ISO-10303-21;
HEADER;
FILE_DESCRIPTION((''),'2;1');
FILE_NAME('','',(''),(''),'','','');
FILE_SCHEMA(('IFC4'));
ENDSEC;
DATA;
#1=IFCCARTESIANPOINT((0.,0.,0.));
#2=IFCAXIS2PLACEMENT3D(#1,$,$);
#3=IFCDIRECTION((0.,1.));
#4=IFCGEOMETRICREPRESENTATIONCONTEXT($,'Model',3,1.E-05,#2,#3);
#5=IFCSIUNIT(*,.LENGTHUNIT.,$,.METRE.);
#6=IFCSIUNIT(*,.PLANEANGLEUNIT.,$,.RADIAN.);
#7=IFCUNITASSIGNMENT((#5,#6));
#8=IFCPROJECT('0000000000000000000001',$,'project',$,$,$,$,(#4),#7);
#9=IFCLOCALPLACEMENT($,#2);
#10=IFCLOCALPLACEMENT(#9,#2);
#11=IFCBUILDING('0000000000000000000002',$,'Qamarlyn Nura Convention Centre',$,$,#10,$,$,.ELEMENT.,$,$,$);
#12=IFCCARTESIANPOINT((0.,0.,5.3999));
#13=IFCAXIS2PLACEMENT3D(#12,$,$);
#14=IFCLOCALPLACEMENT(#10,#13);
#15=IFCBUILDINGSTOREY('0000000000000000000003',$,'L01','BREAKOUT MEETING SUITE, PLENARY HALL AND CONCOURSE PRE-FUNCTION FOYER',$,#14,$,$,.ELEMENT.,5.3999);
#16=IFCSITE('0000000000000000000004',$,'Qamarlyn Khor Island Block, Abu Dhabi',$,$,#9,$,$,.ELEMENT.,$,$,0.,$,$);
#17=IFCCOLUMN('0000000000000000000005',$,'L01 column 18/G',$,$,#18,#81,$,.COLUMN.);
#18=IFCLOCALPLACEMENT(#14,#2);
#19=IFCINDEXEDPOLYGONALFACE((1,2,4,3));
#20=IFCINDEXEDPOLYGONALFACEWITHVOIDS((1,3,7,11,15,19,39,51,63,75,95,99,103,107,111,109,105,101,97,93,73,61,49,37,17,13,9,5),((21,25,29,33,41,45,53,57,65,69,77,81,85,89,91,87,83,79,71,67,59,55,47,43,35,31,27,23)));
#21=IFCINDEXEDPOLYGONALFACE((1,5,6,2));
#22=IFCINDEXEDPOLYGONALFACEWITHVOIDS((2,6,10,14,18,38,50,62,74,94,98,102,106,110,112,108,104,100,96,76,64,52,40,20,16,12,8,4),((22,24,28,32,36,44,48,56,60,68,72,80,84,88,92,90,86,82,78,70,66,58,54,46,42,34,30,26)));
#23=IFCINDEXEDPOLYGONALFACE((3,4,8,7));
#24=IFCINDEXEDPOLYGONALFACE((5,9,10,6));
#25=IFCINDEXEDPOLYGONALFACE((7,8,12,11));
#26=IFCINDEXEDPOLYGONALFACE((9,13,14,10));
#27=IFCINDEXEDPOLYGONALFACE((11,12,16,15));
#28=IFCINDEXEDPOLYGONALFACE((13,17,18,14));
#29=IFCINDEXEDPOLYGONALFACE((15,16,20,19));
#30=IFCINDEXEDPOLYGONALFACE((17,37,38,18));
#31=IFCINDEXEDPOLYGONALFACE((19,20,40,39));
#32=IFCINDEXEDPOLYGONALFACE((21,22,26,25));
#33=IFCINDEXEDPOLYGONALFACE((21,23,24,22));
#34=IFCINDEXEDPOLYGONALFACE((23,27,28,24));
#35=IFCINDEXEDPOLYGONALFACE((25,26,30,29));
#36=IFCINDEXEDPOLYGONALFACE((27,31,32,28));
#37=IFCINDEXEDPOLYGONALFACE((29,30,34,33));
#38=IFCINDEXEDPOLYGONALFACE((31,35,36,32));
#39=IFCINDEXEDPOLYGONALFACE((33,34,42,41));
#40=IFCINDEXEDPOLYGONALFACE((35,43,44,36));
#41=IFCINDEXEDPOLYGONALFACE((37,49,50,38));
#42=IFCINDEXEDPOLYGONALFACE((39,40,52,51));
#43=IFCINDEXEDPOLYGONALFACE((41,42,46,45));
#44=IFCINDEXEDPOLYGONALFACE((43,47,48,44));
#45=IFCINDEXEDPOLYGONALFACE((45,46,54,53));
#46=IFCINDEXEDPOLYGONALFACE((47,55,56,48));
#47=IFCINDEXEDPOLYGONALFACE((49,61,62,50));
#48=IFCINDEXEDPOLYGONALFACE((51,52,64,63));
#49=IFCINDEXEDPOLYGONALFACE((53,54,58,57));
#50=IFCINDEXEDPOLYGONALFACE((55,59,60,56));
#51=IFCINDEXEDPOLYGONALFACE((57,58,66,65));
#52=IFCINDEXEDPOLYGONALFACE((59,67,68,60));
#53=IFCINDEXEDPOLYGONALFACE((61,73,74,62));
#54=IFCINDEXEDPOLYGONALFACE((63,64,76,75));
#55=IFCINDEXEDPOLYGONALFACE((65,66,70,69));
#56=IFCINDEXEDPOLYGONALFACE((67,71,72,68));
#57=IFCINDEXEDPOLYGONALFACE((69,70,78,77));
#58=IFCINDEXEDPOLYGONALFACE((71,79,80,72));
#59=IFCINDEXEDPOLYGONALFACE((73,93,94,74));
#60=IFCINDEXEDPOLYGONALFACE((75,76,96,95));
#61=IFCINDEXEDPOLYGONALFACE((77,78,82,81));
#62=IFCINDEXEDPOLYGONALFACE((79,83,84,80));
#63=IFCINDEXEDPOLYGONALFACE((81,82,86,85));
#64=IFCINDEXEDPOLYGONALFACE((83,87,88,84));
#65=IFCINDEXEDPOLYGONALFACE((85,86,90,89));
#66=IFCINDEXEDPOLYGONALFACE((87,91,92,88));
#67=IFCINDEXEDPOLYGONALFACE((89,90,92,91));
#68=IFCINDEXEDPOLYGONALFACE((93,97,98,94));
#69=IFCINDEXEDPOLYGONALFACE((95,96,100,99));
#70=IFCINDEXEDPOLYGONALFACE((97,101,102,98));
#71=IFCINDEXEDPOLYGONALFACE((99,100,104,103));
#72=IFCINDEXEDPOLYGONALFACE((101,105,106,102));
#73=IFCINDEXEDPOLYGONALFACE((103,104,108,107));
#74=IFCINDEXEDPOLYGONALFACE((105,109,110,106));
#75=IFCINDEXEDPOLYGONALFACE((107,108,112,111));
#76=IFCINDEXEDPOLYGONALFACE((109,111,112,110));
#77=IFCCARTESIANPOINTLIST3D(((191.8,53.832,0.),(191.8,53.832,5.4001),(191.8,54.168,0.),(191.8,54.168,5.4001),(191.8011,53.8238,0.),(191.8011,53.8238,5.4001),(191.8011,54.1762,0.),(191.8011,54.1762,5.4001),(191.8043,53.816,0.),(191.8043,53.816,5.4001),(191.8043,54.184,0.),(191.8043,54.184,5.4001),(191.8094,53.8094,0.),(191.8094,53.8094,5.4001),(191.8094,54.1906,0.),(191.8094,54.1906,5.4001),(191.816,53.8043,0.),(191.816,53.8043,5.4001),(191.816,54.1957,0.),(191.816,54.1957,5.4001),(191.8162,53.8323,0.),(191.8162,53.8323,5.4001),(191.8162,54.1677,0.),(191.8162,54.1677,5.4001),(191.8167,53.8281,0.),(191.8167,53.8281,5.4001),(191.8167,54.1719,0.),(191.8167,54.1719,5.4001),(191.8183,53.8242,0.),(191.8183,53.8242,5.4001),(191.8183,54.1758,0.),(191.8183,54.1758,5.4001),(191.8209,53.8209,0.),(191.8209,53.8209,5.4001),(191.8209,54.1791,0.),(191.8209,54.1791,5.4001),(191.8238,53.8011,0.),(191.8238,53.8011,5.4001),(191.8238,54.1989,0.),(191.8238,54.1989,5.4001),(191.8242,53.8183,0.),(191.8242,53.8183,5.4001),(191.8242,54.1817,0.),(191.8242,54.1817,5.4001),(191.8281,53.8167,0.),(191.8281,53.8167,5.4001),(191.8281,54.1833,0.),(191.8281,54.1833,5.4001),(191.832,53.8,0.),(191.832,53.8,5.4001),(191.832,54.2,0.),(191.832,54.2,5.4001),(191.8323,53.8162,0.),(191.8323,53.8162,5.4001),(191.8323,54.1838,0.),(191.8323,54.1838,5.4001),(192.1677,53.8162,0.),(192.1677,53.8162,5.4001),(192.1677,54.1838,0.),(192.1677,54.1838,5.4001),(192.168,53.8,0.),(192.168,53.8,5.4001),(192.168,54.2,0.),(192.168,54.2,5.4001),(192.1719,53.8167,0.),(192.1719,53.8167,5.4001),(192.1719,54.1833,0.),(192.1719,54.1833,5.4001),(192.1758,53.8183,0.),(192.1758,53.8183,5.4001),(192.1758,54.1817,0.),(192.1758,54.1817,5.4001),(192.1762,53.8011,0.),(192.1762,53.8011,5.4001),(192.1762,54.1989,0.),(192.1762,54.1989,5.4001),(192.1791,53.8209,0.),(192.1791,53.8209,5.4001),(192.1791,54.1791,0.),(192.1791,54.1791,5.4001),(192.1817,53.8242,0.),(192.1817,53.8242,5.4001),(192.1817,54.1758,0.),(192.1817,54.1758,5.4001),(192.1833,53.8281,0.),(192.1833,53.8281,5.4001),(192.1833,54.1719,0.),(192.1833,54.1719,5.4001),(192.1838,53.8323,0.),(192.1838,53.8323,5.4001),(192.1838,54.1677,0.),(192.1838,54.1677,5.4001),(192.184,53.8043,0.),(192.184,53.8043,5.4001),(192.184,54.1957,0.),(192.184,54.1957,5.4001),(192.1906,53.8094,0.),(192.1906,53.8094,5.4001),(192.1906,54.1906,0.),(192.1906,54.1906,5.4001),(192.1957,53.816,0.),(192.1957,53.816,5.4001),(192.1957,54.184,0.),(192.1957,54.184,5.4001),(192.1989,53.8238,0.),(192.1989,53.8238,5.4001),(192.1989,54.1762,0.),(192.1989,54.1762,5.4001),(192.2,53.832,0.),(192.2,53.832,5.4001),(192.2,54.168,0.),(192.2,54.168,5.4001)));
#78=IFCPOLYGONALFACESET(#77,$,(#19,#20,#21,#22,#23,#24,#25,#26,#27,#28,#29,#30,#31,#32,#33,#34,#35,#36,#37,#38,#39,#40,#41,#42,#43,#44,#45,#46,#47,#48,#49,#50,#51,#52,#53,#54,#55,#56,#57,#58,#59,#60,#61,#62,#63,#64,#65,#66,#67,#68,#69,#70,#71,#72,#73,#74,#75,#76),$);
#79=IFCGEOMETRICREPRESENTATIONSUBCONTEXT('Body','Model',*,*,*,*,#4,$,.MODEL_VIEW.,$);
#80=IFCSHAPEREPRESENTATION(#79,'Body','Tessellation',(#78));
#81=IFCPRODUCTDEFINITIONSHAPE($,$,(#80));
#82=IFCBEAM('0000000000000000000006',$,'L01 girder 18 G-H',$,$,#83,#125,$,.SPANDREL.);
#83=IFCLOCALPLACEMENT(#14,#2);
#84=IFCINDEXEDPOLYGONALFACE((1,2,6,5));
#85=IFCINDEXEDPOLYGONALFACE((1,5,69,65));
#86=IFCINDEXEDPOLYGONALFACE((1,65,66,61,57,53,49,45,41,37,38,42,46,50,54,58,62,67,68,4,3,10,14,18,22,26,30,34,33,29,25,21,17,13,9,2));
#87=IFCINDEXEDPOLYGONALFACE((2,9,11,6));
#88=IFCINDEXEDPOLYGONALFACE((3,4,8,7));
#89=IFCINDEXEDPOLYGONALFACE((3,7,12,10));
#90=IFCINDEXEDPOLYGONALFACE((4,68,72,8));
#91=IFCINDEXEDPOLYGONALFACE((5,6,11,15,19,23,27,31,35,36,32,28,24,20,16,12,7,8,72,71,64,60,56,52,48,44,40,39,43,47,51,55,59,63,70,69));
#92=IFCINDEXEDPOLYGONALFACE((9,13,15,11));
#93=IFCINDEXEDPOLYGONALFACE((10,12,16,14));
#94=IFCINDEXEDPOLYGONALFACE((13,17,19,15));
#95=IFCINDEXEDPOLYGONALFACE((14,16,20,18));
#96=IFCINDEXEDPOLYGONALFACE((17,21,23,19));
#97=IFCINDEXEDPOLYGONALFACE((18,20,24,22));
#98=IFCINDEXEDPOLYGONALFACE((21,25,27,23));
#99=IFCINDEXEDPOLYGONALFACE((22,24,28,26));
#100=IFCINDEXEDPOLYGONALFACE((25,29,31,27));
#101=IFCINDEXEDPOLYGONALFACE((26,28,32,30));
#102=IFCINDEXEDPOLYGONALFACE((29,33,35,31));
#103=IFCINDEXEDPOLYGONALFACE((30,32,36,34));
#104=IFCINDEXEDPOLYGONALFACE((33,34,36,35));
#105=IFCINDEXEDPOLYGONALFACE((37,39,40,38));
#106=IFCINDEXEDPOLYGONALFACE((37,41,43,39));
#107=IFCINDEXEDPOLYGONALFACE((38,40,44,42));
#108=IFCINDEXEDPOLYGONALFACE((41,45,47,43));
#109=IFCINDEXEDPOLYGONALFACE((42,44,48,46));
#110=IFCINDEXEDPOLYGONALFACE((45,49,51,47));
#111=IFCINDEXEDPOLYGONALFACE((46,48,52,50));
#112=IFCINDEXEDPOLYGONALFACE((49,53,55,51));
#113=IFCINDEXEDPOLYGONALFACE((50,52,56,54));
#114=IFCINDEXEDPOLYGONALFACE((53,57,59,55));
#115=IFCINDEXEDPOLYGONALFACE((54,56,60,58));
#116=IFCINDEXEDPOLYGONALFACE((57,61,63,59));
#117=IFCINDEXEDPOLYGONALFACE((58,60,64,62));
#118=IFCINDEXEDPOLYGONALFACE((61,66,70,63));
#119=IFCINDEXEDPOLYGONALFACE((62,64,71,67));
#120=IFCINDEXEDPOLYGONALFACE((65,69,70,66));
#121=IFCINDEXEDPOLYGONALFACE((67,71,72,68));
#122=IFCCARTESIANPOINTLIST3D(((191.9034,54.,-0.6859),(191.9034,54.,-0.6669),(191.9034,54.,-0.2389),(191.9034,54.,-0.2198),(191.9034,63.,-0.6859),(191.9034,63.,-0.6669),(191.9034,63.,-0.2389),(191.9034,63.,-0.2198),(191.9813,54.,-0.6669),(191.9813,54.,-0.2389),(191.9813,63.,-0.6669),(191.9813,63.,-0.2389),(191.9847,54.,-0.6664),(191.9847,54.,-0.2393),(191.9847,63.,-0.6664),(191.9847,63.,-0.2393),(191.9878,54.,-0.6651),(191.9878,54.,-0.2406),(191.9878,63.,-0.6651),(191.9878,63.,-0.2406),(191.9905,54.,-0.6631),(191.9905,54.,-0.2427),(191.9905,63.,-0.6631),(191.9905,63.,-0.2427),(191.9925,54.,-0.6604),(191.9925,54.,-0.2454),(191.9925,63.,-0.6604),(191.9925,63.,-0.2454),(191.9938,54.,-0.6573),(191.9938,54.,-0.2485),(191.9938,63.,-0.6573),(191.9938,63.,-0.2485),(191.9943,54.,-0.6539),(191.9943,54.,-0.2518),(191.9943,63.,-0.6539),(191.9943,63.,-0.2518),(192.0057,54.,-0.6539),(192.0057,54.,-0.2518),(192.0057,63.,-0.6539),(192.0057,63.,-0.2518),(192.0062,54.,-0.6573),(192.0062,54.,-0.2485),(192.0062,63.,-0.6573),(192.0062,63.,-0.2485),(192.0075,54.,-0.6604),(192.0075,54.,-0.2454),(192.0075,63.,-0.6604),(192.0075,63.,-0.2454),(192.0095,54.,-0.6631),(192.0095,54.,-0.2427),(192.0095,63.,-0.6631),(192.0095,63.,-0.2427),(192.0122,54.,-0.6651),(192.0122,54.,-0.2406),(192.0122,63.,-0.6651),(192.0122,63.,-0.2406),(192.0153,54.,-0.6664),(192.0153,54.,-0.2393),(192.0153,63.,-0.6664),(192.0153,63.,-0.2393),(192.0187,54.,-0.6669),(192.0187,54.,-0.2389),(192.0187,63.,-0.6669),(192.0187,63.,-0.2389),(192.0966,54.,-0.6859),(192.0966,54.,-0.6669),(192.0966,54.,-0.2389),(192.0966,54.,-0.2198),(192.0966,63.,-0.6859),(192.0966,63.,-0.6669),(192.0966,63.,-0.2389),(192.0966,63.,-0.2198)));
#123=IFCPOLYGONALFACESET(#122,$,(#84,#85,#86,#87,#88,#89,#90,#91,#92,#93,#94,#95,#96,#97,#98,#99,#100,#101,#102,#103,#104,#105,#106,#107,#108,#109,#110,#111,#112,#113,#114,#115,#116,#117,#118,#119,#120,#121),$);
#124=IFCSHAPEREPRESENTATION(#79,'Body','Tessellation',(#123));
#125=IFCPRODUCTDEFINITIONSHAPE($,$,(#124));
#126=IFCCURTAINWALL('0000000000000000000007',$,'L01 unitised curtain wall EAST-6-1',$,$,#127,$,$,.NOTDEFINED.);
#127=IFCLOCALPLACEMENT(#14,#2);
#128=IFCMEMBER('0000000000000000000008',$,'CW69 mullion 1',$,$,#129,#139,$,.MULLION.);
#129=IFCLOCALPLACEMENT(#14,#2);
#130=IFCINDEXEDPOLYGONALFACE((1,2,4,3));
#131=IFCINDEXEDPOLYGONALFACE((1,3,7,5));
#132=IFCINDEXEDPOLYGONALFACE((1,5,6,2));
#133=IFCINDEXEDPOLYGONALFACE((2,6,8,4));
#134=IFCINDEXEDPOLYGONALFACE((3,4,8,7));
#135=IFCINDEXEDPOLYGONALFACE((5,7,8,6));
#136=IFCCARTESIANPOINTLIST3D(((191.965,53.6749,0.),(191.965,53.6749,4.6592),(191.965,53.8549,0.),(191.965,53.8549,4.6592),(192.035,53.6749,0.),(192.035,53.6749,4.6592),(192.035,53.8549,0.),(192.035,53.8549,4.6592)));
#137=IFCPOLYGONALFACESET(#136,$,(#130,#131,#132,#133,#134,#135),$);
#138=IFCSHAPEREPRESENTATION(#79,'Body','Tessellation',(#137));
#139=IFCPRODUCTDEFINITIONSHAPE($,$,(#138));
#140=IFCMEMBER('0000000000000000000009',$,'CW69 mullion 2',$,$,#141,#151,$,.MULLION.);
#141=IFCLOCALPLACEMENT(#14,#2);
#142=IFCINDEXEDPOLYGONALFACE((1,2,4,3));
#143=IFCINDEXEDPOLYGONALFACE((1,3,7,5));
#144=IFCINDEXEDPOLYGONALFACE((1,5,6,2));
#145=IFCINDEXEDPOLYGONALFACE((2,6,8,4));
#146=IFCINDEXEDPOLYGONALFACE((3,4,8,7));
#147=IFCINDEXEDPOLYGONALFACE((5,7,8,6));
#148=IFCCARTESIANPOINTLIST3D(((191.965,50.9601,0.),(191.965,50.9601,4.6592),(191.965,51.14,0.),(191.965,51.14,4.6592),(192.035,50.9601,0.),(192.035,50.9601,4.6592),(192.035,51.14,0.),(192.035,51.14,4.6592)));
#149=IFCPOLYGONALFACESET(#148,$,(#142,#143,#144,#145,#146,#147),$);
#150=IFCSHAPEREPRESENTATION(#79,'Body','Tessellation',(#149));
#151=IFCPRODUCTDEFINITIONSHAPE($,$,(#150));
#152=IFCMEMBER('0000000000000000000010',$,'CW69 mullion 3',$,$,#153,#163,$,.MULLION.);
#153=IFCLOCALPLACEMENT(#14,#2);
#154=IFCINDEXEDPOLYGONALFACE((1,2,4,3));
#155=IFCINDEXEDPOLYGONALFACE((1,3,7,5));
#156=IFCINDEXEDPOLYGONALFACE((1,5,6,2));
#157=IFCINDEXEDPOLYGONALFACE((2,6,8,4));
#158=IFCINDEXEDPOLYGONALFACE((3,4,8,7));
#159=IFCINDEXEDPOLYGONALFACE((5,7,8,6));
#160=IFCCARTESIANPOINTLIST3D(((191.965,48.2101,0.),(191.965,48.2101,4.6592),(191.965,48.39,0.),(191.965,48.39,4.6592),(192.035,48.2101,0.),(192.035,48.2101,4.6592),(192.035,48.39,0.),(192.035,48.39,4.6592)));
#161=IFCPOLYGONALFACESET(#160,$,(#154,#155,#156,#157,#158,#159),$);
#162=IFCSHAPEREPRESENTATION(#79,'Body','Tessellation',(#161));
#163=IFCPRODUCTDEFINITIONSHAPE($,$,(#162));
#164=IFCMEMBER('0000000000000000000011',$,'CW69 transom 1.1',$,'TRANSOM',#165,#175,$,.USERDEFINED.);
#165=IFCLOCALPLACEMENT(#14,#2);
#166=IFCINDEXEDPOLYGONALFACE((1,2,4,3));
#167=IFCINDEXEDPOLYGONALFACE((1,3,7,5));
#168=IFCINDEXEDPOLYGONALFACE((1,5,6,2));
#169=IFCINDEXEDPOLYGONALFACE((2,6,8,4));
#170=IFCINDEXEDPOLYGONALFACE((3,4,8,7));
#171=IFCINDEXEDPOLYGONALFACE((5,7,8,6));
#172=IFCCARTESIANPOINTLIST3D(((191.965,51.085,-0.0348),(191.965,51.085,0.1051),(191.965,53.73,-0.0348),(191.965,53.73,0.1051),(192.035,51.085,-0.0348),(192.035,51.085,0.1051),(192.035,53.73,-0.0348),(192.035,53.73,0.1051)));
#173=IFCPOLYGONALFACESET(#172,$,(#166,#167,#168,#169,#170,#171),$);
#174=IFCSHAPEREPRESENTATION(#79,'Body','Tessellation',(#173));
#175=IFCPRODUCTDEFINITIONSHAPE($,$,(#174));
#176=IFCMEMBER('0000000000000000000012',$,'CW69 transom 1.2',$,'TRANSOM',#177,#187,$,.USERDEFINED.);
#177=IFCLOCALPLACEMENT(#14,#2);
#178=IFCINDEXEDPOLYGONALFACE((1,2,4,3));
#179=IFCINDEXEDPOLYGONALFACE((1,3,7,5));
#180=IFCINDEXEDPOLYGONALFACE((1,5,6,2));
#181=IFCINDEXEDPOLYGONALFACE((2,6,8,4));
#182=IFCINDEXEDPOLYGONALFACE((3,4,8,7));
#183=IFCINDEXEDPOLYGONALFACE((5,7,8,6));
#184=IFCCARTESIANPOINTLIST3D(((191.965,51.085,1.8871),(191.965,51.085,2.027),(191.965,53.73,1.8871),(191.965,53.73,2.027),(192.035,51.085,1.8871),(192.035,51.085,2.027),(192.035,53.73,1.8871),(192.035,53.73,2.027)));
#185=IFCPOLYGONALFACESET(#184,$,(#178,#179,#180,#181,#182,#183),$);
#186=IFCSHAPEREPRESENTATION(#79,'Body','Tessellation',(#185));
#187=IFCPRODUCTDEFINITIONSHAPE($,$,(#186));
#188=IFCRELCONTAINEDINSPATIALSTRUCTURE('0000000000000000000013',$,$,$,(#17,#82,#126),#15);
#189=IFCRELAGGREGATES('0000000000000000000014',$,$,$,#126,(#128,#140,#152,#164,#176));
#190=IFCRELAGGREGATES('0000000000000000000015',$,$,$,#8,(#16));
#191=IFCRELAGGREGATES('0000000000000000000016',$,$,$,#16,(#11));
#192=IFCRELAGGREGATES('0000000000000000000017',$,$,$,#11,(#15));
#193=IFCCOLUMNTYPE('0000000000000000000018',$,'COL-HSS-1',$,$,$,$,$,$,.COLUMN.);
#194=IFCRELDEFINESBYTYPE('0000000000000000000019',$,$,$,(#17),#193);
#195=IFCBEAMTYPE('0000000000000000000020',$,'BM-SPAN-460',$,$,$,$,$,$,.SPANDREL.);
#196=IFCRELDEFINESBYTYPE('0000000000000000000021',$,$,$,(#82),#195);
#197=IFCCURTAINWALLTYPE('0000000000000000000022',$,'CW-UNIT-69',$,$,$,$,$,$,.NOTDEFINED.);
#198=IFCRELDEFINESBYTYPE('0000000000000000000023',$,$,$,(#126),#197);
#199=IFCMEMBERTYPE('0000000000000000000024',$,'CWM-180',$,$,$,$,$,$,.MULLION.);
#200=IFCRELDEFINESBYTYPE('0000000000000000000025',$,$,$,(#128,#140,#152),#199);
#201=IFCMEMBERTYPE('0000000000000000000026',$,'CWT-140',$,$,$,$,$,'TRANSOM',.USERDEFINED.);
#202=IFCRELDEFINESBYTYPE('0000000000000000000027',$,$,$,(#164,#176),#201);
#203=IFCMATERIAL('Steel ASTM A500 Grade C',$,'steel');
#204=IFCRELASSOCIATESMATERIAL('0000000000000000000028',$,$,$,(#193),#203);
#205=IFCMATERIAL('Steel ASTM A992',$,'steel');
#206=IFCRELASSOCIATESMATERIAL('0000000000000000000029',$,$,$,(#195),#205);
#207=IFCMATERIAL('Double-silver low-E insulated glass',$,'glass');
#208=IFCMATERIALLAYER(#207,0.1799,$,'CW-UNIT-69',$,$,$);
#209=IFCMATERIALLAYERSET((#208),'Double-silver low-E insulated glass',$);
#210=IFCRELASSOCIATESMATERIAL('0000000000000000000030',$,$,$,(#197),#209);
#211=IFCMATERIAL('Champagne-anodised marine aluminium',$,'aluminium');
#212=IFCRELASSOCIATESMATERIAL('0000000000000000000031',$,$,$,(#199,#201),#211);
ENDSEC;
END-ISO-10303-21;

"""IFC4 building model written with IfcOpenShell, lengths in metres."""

from ifc_helpers import new_model, si_unit, direction, frame, origin, origin_2d, place, context, subcontext, project, spatial, rectangle, hollow_rectangle, i_section, extrude, material, layer, layer_set, material_profile, profile_set, type_object, element, aggregate, save


model = new_model("IFC4")

# Units and contexts
model_context = context("Model", 3, precision=1e-05, world=origin(), true_north=direction((0.0, 1.0)))
body_context = subcontext(model_context, "Body", "Model", "MODEL_VIEW")
ifc_project = project(units=[si_unit("LENGTHUNIT", "METRE"), si_unit("PLANEANGLEUNIT", "RADIAN")], contexts=[model_context])

# Site, building, storey
site_placement = place(None, origin())
site = spatial("IfcSite", under=ifc_project, at=site_placement, Name="Qamarlyn Khor Island Block, Abu Dhabi", CompositionType="ELEMENT", RefElevation=0.0)
building_placement = place(site_placement, origin())
building = spatial("IfcBuilding", under=site, at=building_placement, Name="Qamarlyn Nura Convention Centre", CompositionType="ELEMENT")
storey_placement = place(building_placement, frame((0.0, 0.0, 5.3999)))
storey = spatial("IfcBuildingStorey", under=building, at=storey_placement, Name="L01", Description="BREAKOUT MEETING SUITE, PLENARY HALL AND CONCOURSE PRE-FUNCTION FOYER", CompositionType="ELEMENT", Elevation=5.3999)

# Column
ifc_material_1 = material(Name="Steel ASTM A500 Grade C", Category="steel")
ifc_material_profile_1 = material_profile(ifc_material_1, hollow_rectangle(XDim=0.3999, YDim=0.3999, WallThickness=0.0161, InnerFilletRadius=0.0161, OuterFilletRadius=0.032, at=origin_2d()), Name="HSS400X400X16")
ifc_profile_set_1 = profile_set([ifc_material_profile_1], Name="Steel ASTM A500 Grade C")
column_type = type_object("IfcColumnType", Name="COL-HSS-1", PredefinedType="COLUMN", material=ifc_profile_set_1)
column_placement = place(storey_placement, frame((192.0, 54.0, 0.0), z_axis=(0.0, 0.0, 1.0), x_axis=(1.0, 0.0, 0.0)))
element("IfcColumn", 1, at=column_placement, inside=storey, type_object=column_type, Name="L01 column 18/G", PredefinedType="COLUMN", context=body_context, shape_type="SweptSolid", body=[
    extrude(hollow_rectangle(XDim=0.3999, YDim=0.3999, WallThickness=0.0161, InnerFilletRadius=0.0161, OuterFilletRadius=0.032, at=origin_2d()), origin(), (0.0, 0.0, 1.0), 5.4001),
])

# Beam
ifc_material_2 = material(Name="Steel ASTM A992", Category="steel")
ifc_material_profile_2 = material_profile(ifc_material_2, i_section(OverallWidth=0.1931, OverallDepth=0.4661, WebThickness=0.0115, FlangeThickness=0.019, FilletRadius=0.0129, at=origin_2d()), Name="W460X97")
ifc_profile_set_2 = profile_set([ifc_material_profile_2], Name="Steel ASTM A992")
beam_type = type_object("IfcBeamType", Name="BM-SPAN-460", PredefinedType="SPANDREL", material=ifc_profile_set_2)
beam_placement = place(storey_placement, frame((192.0, 54.0, -0.4529), z_axis=(0.0, 1.0, 0.0), x_axis=(-1.0, 0.0, 0.0)))
element("IfcBeam", 2, at=beam_placement, inside=storey, type_object=beam_type, Name="L01 girder 18 G-H", PredefinedType="SPANDREL", context=body_context, shape_type="SweptSolid", body=[
    extrude(i_section(OverallWidth=0.1931, OverallDepth=0.4661, WebThickness=0.0115, FlangeThickness=0.019, FilletRadius=0.0129, at=origin_2d()), origin(), (0.0, 0.0, 1.0), 9.0),
])

# Curtain wall, members
ifc_material_3 = material(Name="Double-silver low-E insulated glass", Category="glass")
ifc_layer_1 = layer(ifc_material_3, 0.1799, Name="CW-UNIT-69")
ifc_layer_set_1 = layer_set([ifc_layer_1], Name="Double-silver low-E insulated glass")
curtain_wall_type = type_object("IfcCurtainWallType", Name="CW-UNIT-69", PredefinedType="NOTDEFINED", material=ifc_layer_set_1)
curtain_wall_placement = place(storey_placement, origin())
curtain_wall = element("IfcCurtainWall", 3, at=curtain_wall_placement, inside=storey, type_object=curtain_wall_type, Name="L01 unitised curtain wall EAST-6-1", PredefinedType="NOTDEFINED")
ifc_material_4 = material(Name="Champagne-anodised marine aluminium", Category="aluminium")
ifc_material_profile_3 = material_profile(ifc_material_4, rectangle(XDim=0.0701, YDim=0.1799, at=origin_2d()), Name="ALU MULLION 70x180")
ifc_profile_set_3 = profile_set([ifc_material_profile_3], Name="Champagne-anodised marine aluminium")
member_type_1 = type_object("IfcMemberType", Name="CWM-180", PredefinedType="MULLION", material=ifc_profile_set_3)
member_1_placement = place(storey_placement, frame((192.0, 53.7649, 0.0), z_axis=(0.0, 0.0, 1.0), x_axis=(1.0, 0.0, 0.0)))
member_1 = element("IfcMember", 4, at=member_1_placement, type_object=member_type_1, Name="CW69 mullion 1", PredefinedType="MULLION", context=body_context, shape_type="SweptSolid", body=[
    extrude(rectangle(XDim=0.0701, YDim=0.1799, at=origin_2d()), origin(), (0.0, 0.0, 1.0), 4.6592),
])
member_2_placement = place(storey_placement, frame((192.0, 51.05, 0.0), z_axis=(0.0, 0.0, 1.0), x_axis=(1.0, 0.0, 0.0)))
member_2 = element("IfcMember", 5, at=member_2_placement, type_object=member_type_1, Name="CW69 mullion 2", PredefinedType="MULLION", context=body_context, shape_type="SweptSolid", body=[
    extrude(rectangle(XDim=0.0701, YDim=0.1799, at=origin_2d()), origin(), (0.0, 0.0, 1.0), 4.6592),
])
member_3_placement = place(storey_placement, frame((192.0, 48.3, 0.0), z_axis=(0.0, 0.0, 1.0), x_axis=(1.0, 0.0, 0.0)))
member_3 = element("IfcMember", 6, at=member_3_placement, type_object=member_type_1, Name="CW69 mullion 3", PredefinedType="MULLION", context=body_context, shape_type="SweptSolid", body=[
    extrude(rectangle(XDim=0.0701, YDim=0.1799, at=origin_2d()), origin(), (0.0, 0.0, 1.0), 4.6592),
])
ifc_material_profile_4 = material_profile(ifc_material_4, rectangle(XDim=0.0701, YDim=0.1399, at=origin_2d()), Name="ALU TRANSOM 70x140")
ifc_profile_set_4 = profile_set([ifc_material_profile_4], Name="Champagne-anodised marine aluminium")
member_type_2 = type_object("IfcMemberType", Name="CWT-140", ElementType="TRANSOM", PredefinedType="USERDEFINED", material=ifc_profile_set_4)
member_4_placement = place(storey_placement, frame((192.0, 53.73, 0.0352), z_axis=(0.0, -1.0, 0.0), x_axis=(1.0, 0.0, 0.0)))
member_4 = element("IfcMember", 7, at=member_4_placement, type_object=member_type_2, Name="CW69 transom 1.1", ObjectType="TRANSOM", PredefinedType="USERDEFINED", context=body_context, shape_type="SweptSolid", body=[
    extrude(rectangle(XDim=0.0701, YDim=0.1399, at=origin_2d()), origin(), (0.0, 0.0, 1.0), 2.645),
])
member_5_placement = place(storey_placement, frame((192.0, 53.73, 1.957), z_axis=(0.0, -1.0, 0.0), x_axis=(1.0, 0.0, 0.0)))
member_5 = element("IfcMember", 8, at=member_5_placement, type_object=member_type_2, Name="CW69 transom 1.2", ObjectType="TRANSOM", PredefinedType="USERDEFINED", context=body_context, shape_type="SweptSolid", body=[
    extrude(rectangle(XDim=0.0701, YDim=0.1399, at=origin_2d()), origin(), (0.0, 0.0, 1.0), 2.645),
])
aggregate(curtain_wall, [member_1, member_2, member_3, member_4, member_5])

save(model, "model.ifc")
